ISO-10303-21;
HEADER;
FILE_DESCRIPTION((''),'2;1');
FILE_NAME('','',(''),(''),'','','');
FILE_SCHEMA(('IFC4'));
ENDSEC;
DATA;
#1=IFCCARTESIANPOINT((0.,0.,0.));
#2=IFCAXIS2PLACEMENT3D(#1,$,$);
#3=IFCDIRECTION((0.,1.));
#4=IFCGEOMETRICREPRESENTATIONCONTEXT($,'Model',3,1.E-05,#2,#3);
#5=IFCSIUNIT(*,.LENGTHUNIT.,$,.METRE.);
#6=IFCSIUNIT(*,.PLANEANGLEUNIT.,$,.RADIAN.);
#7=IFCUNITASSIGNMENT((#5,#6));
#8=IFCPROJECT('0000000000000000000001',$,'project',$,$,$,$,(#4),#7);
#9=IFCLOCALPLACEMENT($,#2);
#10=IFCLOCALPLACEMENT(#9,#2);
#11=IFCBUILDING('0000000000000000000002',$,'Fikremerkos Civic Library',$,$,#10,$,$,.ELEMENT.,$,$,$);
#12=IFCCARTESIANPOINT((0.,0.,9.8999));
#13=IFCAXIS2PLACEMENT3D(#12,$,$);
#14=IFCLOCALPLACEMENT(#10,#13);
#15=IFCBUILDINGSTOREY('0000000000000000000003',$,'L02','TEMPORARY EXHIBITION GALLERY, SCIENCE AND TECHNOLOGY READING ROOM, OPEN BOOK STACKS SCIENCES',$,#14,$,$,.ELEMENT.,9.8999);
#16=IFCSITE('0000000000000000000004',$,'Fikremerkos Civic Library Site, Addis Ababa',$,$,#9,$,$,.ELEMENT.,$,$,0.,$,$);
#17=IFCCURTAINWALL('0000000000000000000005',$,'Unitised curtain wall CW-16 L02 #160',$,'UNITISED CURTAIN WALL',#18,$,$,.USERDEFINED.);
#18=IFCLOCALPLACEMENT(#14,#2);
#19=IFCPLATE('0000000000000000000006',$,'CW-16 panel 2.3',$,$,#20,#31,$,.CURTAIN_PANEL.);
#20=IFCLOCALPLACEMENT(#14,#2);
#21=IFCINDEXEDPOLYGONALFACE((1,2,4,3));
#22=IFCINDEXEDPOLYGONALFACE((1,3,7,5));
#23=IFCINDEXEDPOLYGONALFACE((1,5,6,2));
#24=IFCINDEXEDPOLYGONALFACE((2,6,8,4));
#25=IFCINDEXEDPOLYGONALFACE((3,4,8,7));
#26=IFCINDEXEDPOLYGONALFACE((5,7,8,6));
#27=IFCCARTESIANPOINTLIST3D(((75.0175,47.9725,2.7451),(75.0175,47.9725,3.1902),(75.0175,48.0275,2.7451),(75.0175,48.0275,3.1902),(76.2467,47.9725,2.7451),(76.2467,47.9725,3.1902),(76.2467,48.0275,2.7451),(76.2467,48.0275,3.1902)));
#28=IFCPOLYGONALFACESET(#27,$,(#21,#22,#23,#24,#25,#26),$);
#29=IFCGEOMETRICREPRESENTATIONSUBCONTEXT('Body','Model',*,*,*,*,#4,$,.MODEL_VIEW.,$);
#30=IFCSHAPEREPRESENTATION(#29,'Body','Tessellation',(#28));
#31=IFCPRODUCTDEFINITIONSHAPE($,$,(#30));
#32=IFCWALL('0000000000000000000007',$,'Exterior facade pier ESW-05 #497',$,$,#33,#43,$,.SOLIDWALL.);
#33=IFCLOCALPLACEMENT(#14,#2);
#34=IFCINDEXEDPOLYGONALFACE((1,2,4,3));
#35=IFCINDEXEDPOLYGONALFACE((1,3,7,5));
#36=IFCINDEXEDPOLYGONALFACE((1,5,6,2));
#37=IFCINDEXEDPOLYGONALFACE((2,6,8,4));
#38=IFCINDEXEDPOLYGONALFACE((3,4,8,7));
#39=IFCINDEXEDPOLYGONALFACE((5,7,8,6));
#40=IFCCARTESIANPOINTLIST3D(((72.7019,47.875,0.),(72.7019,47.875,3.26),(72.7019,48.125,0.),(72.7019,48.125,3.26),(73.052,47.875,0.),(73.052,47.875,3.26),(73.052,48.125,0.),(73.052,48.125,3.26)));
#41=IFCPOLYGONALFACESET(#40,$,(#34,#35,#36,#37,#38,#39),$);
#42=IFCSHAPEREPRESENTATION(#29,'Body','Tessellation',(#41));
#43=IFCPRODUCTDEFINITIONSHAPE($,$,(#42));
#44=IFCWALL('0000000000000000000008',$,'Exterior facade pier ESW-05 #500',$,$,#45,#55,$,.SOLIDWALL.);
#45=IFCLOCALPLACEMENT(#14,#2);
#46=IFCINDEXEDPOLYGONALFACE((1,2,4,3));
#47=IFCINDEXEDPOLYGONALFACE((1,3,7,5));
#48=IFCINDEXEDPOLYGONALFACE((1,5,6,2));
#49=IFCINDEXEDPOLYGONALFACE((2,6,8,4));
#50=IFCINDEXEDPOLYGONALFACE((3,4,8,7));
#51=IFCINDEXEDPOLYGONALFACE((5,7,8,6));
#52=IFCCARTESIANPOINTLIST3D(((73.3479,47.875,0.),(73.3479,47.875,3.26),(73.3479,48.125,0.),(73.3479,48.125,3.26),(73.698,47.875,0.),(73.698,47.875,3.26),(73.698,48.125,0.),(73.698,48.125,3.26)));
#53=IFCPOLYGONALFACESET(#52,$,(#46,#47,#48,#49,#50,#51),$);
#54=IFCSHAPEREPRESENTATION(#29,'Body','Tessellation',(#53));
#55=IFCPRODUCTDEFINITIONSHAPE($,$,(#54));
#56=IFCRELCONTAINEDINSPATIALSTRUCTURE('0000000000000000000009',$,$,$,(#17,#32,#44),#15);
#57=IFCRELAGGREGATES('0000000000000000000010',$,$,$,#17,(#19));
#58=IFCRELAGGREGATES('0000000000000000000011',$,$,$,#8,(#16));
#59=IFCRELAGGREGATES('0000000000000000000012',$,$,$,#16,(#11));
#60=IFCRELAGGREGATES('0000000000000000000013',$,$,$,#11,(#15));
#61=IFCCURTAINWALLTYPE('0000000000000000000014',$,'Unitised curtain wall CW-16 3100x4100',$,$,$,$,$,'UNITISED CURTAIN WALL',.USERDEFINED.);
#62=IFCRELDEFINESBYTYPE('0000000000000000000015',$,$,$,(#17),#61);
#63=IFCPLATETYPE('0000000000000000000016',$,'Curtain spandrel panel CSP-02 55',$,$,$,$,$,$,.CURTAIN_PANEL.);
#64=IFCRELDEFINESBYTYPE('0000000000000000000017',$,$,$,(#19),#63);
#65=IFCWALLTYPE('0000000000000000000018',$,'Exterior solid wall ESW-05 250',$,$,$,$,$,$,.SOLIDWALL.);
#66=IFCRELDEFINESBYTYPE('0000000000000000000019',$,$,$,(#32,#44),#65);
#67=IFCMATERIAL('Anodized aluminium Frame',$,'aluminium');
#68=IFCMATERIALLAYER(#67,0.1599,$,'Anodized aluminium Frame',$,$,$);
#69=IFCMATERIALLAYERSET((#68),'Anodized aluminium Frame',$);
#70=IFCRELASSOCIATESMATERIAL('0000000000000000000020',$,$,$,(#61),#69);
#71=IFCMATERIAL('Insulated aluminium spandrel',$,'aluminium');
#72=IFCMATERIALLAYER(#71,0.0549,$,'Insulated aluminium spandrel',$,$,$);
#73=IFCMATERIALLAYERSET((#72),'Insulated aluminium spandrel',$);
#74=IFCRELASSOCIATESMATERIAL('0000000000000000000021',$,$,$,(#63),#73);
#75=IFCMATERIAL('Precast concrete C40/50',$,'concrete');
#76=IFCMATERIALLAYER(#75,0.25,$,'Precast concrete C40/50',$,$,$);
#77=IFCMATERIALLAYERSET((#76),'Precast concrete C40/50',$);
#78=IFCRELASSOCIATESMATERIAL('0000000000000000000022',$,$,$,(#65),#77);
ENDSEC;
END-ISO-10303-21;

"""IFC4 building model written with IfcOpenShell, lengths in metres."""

from ifc_helpers import new_model, si_unit, direction, frame, frame_2d, origin, origin_2d, place, context, subcontext, project, spatial, rectangle, extrude, material, layer, layer_set, type_object, element, aggregate, save


model = new_model("IFC4")

# Units and contexts
model_context = context("Model", 3, precision=1e-05, world=origin(), true_north=direction((0.0, 1.0)))
body_context = subcontext(model_context, "Body", "Model", "MODEL_VIEW")
ifc_project = project(units=[si_unit("LENGTHUNIT", "METRE"), si_unit("PLANEANGLEUNIT", "RADIAN")], contexts=[model_context])

# Site, building, storey
site_placement = place(None, origin())
site = spatial("IfcSite", under=ifc_project, at=site_placement, Name="Fikremerkos Civic Library Site, Addis Ababa", CompositionType="ELEMENT", RefElevation=0.0)
building_placement = place(site_placement, origin())
building = spatial("IfcBuilding", under=site, at=building_placement, Name="Fikremerkos Civic Library", CompositionType="ELEMENT")
storey_placement = place(building_placement, frame((0.0, 0.0, 9.8999)))
storey = spatial("IfcBuildingStorey", under=building, at=storey_placement, Name="L02", Description="TEMPORARY EXHIBITION GALLERY, SCIENCE AND TECHNOLOGY READING ROOM, OPEN BOOK STACKS SCIENCES", CompositionType="ELEMENT", Elevation=9.8999)

# Shared definitions
ifc_material_1 = material(Name="Anodized aluminium Frame", Category="aluminium")

# Curtain wall
ifc_layer_1 = layer(ifc_material_1, 0.1599, Name="Anodized aluminium Frame")
ifc_layer_set_1 = layer_set([ifc_layer_1], Name="Anodized aluminium Frame")
curtain_wall_type_1 = type_object("IfcCurtainWallType", Name="Unitised curtain wall CW-16 3100x4100", ElementType="UNITISED CURTAIN WALL", PredefinedType="USERDEFINED", material=ifc_layer_set_1)
curtain_wall_1_placement = place(storey_placement, origin())
curtain_wall_1 = element("IfcCurtainWall", 1, at=curtain_wall_1_placement, inside=storey, type_object=curtain_wall_type_1, Name="Unitised curtain wall CW-16 L02 #160", ObjectType="UNITISED CURTAIN WALL", PredefinedType="USERDEFINED")

# Plate
ifc_material_2 = material(Name="Insulated aluminium spandrel", Category="aluminium")
ifc_layer_2 = layer(ifc_material_2, 0.0549, Name="Insulated aluminium spandrel")
ifc_layer_set_2 = layer_set([ifc_layer_2], Name="Insulated aluminium spandrel")
plate_type_1 = type_object("IfcPlateType", Name="Curtain spandrel panel CSP-02 55", PredefinedType="CURTAIN_PANEL", material=ifc_layer_set_2)
plate_1_placement = place(storey_placement, frame((75.6321, 48.0, 2.7451), z_axis=(0.0, 0.0, 1.0), x_axis=(1.0, 0.0, 0.0)))
plate_1 = element("IfcPlate", 2, at=plate_1_placement, type_object=plate_type_1, Name="CW-16 panel 2.3", PredefinedType="CURTAIN_PANEL", context=body_context, shape_type="SweptSolid", body=[
    extrude(rectangle(XDim=1.2292, YDim=0.0549, at=origin_2d()), origin(), (0.0, 0.0, 1.0), 0.4451),
])
aggregate(curtain_wall_1, [plate_1])

# Walls
ifc_material_3 = material(Name="Precast concrete C40/50", Category="concrete")
ifc_layer_3 = layer(ifc_material_3, 0.25, Name="Precast concrete C40/50")
ifc_layer_set_3 = layer_set([ifc_layer_3], Name="Precast concrete C40/50")
wall_type = type_object("IfcWallType", Name="Exterior solid wall ESW-05 250", PredefinedType="SOLIDWALL", material=ifc_layer_set_3)
for number, where, z_axis, x_axis, name in (
    (3, (72.7019, 48.0, 0.0), (0.0, 0.0, 1.0), (1.0, 0.0, 0.0), "Exterior facade pier ESW-05 #497"),
    (4, (73.3479, 48.0, 0.0), (0.0, 0.0, 1.0), (1.0, 0.0, 0.0), "Exterior facade pier ESW-05 #500"),
):
    element("IfcWall", number, at=place(storey_placement, frame(where, z_axis=z_axis, x_axis=x_axis)), inside=storey, type_object=wall_type, Name=name, PredefinedType="SOLIDWALL", context=body_context, shape_type="SweptSolid", body=[
        extrude(rectangle(XDim=0.3501, YDim=0.25, at=frame_2d((0.175, 0.0))), origin(), (0.0, 0.0, 1.0), 3.26),
    ])

save(model, "model.ifc")
